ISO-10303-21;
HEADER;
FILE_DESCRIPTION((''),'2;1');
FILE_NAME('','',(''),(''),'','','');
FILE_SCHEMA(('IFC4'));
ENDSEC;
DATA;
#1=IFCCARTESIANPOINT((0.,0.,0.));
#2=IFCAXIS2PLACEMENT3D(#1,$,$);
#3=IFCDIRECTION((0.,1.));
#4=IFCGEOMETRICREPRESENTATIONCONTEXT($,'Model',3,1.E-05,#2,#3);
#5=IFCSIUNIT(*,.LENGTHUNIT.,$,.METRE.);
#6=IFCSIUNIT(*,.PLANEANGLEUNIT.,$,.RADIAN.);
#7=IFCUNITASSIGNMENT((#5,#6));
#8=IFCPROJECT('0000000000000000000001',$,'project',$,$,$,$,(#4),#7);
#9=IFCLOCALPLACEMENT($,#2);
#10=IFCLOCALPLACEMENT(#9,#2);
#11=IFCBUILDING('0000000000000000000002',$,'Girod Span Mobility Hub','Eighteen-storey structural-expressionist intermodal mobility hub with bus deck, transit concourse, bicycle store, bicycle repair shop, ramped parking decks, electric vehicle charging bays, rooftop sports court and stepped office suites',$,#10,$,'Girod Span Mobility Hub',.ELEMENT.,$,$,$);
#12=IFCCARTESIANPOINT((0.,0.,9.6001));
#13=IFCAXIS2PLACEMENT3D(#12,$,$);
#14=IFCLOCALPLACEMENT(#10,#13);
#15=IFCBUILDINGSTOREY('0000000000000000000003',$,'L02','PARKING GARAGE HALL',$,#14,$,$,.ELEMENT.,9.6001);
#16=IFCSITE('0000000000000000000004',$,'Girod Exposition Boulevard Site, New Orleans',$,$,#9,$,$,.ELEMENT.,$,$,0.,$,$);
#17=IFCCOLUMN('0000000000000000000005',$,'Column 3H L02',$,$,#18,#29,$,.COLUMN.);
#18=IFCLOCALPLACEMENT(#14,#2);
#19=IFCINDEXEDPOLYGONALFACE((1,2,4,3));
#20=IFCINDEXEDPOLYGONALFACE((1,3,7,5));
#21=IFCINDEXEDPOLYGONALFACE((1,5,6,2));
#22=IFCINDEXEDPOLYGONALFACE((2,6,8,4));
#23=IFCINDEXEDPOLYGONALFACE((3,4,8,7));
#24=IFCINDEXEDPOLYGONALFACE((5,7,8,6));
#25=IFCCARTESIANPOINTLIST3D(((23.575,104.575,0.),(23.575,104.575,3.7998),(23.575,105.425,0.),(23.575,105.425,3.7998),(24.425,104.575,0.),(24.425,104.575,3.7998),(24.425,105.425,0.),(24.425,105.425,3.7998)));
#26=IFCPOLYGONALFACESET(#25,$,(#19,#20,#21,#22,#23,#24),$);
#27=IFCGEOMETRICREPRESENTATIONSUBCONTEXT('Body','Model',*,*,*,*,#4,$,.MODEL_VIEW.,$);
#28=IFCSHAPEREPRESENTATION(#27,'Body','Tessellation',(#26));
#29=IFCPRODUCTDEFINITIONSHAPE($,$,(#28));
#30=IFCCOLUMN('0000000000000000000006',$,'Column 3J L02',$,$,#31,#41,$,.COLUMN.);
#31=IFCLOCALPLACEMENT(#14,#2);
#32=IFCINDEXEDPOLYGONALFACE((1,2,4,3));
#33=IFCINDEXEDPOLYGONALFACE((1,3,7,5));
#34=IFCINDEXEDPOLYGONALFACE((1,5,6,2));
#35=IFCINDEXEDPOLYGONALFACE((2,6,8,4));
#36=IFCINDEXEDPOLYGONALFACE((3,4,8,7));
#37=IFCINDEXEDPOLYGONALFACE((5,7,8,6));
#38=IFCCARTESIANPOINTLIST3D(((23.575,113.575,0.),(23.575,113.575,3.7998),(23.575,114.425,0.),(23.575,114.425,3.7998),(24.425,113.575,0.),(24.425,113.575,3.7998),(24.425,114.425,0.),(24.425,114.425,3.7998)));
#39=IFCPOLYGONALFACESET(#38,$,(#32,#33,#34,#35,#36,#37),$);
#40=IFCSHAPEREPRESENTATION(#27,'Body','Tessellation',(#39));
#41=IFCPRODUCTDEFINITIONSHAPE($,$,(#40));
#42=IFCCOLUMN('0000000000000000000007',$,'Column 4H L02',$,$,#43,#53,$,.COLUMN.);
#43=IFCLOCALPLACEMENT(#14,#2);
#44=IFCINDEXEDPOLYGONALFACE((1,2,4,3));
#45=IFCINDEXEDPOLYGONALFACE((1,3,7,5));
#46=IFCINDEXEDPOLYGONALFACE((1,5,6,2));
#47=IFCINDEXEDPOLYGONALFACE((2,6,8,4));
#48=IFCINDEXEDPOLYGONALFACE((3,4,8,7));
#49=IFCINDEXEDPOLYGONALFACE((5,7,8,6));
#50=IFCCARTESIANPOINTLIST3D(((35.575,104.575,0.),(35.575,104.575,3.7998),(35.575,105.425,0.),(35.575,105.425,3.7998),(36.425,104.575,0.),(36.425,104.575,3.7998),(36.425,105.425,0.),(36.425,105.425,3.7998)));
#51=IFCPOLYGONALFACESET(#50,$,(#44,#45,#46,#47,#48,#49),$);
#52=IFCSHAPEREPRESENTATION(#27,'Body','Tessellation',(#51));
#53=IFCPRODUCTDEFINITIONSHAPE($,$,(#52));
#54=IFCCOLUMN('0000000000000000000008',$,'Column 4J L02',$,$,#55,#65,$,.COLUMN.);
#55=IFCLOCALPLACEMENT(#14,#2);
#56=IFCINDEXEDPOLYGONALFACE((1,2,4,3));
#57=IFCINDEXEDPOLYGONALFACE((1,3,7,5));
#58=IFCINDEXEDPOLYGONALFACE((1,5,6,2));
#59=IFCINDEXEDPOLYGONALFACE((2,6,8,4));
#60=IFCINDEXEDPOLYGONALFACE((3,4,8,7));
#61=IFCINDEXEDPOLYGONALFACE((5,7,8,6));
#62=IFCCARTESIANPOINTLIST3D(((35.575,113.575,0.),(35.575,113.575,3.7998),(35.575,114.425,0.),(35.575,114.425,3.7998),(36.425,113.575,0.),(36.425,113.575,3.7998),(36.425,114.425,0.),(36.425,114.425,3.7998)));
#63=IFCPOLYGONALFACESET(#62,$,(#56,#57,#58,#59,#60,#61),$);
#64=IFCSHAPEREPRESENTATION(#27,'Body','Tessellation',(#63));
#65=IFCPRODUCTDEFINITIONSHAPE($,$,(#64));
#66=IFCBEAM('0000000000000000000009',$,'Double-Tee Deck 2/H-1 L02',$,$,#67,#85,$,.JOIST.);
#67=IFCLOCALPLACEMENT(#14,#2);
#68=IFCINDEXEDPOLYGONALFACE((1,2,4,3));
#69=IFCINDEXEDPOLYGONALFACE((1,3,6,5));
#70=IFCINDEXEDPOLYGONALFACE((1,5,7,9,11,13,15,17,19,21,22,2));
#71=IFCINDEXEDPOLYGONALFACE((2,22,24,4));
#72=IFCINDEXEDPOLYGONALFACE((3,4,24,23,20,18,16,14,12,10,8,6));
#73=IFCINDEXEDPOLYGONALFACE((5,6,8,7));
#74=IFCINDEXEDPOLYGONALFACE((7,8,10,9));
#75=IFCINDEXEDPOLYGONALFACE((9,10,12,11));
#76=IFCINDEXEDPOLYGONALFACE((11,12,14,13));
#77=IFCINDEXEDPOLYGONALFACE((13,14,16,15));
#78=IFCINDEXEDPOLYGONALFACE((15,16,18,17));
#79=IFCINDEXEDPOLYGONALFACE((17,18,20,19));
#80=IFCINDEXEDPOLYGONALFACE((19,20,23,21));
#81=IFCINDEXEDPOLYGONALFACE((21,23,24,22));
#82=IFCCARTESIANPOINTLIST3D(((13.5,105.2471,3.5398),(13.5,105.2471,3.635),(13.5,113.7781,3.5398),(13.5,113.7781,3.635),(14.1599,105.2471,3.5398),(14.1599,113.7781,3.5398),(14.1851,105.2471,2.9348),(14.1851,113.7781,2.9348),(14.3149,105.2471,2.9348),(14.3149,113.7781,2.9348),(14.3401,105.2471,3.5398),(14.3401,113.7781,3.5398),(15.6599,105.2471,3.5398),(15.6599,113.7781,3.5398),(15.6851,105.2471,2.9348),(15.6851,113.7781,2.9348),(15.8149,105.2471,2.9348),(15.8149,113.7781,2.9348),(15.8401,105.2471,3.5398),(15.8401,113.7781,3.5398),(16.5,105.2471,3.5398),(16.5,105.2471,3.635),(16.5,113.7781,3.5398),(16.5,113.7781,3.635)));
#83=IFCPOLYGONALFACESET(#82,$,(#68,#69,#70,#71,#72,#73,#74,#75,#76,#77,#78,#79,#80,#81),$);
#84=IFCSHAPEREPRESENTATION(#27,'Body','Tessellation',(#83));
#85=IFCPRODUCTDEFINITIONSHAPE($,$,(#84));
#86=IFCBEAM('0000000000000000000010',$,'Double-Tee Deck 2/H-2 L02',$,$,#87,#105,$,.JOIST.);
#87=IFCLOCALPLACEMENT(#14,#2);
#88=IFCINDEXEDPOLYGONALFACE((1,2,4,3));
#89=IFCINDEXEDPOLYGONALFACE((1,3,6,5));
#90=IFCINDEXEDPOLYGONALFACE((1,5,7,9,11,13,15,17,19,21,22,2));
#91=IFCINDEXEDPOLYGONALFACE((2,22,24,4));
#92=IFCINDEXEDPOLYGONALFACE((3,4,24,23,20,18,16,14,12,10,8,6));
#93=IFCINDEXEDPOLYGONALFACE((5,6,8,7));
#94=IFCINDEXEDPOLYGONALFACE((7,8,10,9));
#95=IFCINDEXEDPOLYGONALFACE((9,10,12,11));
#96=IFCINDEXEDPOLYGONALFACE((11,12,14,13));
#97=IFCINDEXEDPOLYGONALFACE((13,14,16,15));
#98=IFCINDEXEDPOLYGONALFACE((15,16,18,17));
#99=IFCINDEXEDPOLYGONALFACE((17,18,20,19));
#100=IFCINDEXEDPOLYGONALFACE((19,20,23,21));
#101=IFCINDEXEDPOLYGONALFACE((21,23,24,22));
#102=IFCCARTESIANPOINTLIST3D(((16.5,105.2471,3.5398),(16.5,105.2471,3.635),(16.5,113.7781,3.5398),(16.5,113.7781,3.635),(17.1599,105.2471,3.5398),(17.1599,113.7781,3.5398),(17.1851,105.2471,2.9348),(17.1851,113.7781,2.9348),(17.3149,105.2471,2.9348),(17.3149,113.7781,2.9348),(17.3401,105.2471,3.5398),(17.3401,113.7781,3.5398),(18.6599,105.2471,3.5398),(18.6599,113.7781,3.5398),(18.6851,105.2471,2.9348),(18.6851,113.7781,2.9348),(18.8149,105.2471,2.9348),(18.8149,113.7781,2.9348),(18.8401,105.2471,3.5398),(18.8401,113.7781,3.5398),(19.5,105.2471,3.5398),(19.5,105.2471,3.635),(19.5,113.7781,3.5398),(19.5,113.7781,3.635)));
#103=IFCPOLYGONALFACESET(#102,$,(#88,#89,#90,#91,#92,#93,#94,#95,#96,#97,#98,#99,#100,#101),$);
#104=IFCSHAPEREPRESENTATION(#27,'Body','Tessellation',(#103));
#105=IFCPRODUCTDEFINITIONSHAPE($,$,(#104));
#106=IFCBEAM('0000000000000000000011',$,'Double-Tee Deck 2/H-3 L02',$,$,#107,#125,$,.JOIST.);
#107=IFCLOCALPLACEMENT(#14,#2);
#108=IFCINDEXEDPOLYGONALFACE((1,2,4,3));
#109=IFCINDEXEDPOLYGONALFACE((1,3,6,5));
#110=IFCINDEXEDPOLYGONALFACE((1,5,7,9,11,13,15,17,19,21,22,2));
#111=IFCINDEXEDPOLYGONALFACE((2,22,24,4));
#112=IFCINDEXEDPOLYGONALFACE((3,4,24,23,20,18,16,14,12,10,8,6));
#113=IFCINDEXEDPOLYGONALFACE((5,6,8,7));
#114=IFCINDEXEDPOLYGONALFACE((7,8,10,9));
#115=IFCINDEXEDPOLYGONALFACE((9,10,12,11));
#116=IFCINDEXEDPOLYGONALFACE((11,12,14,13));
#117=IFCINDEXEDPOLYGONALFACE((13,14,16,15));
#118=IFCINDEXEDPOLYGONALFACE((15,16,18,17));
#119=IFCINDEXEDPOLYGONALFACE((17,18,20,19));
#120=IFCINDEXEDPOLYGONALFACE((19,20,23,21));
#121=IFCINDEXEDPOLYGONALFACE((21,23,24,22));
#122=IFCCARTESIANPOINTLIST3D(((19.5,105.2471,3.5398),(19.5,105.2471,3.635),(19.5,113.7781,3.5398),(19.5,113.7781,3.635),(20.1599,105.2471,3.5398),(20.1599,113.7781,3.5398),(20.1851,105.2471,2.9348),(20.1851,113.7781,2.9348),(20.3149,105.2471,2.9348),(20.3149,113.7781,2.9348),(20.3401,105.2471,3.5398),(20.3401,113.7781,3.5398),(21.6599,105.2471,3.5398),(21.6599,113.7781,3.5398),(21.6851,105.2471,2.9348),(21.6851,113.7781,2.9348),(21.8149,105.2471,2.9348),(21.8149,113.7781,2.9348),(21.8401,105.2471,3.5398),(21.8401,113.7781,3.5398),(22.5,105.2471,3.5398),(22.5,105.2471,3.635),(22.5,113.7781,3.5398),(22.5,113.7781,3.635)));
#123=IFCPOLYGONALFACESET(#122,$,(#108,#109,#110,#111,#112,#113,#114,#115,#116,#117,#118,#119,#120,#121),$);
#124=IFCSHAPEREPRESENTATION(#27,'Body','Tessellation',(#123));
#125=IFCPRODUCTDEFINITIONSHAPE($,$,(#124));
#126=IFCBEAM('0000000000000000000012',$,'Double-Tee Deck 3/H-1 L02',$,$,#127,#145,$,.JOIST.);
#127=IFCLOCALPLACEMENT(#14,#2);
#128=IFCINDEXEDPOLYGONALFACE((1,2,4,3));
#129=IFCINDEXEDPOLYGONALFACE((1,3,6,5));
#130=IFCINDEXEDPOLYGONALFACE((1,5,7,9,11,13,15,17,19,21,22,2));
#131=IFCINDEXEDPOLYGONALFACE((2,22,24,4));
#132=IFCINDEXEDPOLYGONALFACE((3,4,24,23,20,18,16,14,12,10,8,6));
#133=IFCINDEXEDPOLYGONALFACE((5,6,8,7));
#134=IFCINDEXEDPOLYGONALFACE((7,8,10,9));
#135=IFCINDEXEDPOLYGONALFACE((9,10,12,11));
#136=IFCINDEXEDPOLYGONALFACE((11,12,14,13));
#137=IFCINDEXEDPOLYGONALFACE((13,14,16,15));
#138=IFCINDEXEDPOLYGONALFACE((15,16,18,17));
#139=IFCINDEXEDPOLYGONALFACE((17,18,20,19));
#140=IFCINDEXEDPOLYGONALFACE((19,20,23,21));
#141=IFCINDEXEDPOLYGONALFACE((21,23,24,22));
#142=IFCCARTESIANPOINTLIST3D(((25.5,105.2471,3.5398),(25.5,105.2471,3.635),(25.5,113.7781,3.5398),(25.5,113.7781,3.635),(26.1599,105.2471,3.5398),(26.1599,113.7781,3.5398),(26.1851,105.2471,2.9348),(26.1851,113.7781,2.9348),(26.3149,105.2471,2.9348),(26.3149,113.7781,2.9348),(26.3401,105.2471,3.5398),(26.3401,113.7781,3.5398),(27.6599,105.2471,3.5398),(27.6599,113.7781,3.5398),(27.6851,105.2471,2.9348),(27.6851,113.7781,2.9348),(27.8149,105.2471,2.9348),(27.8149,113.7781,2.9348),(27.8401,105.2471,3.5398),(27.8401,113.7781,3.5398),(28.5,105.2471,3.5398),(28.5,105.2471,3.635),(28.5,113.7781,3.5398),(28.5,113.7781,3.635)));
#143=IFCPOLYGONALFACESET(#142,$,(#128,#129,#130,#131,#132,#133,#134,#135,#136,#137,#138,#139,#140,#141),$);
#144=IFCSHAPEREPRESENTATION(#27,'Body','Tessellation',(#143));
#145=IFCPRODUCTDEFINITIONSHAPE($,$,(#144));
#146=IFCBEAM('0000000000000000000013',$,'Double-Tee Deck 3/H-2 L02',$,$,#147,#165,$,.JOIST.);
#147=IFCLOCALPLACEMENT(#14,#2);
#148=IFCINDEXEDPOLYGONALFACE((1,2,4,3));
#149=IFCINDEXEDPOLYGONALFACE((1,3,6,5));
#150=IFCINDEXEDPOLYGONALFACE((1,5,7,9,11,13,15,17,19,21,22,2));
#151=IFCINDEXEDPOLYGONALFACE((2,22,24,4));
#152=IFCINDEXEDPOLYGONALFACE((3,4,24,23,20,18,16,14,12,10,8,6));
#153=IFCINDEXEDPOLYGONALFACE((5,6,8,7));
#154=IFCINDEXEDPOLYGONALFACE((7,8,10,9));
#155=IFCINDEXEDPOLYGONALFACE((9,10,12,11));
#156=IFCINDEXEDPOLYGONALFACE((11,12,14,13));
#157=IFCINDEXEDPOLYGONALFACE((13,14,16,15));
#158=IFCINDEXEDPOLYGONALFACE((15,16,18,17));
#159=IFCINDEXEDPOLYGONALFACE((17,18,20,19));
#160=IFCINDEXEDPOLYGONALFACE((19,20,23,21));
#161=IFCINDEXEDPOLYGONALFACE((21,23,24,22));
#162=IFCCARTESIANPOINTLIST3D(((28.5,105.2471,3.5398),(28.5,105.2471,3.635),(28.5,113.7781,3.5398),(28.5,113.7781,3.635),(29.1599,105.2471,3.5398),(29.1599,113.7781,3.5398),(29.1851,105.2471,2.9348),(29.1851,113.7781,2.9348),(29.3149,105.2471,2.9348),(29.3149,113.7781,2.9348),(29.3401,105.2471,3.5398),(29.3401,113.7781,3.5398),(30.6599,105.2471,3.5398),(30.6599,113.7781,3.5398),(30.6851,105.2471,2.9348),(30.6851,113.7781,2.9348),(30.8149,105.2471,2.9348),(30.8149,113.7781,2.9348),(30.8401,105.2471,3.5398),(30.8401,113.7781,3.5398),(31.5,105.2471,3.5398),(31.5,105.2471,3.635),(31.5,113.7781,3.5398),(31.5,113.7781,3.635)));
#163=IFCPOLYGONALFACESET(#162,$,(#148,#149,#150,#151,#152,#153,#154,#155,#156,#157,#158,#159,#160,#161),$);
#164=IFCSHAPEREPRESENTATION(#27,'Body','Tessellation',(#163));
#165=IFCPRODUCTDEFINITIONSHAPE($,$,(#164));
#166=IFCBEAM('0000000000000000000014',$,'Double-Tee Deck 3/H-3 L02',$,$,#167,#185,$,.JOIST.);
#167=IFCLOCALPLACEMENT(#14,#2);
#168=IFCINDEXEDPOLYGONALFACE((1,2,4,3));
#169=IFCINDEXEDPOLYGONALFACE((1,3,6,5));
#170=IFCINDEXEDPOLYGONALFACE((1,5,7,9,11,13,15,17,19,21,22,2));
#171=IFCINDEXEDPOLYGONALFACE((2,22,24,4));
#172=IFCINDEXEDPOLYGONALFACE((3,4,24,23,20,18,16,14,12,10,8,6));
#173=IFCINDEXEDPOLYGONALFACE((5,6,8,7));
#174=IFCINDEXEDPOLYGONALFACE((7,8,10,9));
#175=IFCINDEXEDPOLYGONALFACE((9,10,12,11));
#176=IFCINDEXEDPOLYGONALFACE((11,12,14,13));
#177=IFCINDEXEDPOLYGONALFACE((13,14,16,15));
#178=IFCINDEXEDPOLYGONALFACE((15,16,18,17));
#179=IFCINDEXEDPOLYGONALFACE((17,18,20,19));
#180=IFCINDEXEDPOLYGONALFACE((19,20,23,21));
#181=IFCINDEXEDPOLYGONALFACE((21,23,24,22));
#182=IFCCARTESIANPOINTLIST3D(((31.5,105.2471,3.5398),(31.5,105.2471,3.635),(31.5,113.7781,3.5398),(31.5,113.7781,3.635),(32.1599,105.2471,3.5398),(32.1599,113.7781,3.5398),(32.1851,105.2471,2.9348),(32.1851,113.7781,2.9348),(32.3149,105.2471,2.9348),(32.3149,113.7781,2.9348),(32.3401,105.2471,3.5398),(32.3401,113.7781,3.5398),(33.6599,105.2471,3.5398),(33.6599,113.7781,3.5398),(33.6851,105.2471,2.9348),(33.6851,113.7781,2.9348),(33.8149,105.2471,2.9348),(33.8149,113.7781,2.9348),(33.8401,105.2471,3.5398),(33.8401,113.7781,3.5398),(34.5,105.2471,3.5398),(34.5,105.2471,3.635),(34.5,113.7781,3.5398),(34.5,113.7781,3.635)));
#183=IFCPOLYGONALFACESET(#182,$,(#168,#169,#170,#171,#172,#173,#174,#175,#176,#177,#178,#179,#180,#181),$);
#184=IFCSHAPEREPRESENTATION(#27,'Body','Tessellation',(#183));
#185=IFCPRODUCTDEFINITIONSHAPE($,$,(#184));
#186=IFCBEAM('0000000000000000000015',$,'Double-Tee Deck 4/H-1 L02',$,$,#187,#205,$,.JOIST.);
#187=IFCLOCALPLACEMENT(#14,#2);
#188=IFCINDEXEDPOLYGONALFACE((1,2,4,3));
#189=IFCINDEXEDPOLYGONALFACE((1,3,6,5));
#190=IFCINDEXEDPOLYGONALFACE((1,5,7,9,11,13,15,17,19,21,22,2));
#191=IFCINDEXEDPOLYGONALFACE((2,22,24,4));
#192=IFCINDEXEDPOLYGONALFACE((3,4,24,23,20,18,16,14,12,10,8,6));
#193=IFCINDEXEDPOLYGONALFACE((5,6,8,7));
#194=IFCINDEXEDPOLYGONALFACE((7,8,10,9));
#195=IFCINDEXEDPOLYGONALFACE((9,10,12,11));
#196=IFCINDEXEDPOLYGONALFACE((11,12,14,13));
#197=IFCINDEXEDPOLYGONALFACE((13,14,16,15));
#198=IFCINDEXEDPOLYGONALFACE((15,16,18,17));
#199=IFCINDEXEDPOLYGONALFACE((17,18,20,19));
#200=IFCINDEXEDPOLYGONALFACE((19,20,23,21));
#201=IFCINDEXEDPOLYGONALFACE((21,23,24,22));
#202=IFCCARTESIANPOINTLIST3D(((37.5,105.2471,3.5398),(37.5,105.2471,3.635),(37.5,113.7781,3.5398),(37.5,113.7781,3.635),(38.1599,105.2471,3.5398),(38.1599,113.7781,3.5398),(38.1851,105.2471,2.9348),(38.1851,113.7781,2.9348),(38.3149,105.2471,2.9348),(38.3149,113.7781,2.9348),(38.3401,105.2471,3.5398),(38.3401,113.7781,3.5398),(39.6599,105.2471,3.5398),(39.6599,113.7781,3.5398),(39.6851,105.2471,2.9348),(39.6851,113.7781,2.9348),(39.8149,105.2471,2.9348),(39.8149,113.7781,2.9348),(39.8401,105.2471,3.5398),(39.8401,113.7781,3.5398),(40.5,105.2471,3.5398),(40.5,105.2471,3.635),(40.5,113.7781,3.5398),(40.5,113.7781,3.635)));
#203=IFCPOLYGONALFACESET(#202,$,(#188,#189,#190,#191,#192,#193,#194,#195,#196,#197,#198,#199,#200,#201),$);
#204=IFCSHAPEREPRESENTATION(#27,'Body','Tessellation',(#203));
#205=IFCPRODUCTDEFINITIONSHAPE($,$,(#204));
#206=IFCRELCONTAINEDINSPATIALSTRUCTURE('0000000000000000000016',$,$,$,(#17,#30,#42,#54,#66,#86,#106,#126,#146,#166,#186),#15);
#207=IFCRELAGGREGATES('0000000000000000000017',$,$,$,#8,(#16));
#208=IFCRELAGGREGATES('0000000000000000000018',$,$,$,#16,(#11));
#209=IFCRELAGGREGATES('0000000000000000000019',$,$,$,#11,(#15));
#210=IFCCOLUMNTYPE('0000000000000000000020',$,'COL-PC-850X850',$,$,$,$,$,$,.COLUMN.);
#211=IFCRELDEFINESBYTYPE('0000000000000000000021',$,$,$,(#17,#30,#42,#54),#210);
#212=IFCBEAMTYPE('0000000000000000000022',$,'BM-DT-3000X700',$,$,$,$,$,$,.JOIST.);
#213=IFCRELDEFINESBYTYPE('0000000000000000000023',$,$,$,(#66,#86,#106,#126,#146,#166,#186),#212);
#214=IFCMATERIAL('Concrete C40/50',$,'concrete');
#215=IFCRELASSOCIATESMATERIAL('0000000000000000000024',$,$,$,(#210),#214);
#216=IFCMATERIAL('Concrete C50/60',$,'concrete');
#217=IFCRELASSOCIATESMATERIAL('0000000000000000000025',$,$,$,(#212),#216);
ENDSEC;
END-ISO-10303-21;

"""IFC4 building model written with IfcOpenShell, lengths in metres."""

from ifc_helpers import new_model, si_unit, direction, frame, origin, origin_2d, place, context, subcontext, project, spatial, polyline, rectangle, outline, extrude, material, material_profile, profile_set, type_object, element, save


model = new_model("IFC4")

# Units and contexts
model_context = context("Model", 3, precision=1e-05, world=origin(), true_north=direction((0.0, 1.0)))
body_context = subcontext(model_context, "Body", "Model", "MODEL_VIEW")
ifc_project = project(units=[si_unit("LENGTHUNIT", "METRE"), si_unit("PLANEANGLEUNIT", "RADIAN")], contexts=[model_context])

# Site, building, storey
site_placement = place(None, origin())
site = spatial("IfcSite", under=ifc_project, at=site_placement, Name="Girod Exposition Boulevard Site, New Orleans", CompositionType="ELEMENT", RefElevation=0.0)
building_placement = place(site_placement, origin())
building = spatial("IfcBuilding", under=site, at=building_placement, Name="Girod Span Mobility Hub", Description="Eighteen-storey structural-expressionist intermodal mobility hub with bus deck, transit concourse, bicycle store, bicycle repair shop, ramped parking decks, electric vehicle charging bays, rooftop sports court and stepped office suites", LongName="Girod Span Mobility Hub", CompositionType="ELEMENT")
storey_placement = place(building_placement, frame((0.0, 0.0, 9.6001)))
storey = spatial("IfcBuildingStorey", under=building, at=storey_placement, Name="L02", Description="PARKING GARAGE HALL", CompositionType="ELEMENT", Elevation=9.6001)

# Columns
ifc_material_1 = material(Name="Concrete C40/50", Category="concrete")
ifc_material_profile_1 = material_profile(ifc_material_1, rectangle(XDim=0.8501, YDim=0.8501, at=origin_2d()), Name="PC-COL-850X850")
ifc_profile_set_1 = profile_set([ifc_material_profile_1], Name="Concrete C40/50")
column_type = type_object("IfcColumnType", Name="COL-PC-850X850", PredefinedType="COLUMN", material=ifc_profile_set_1)
for number, where, z_axis, x_axis, name in (
    (1, (24.0, 105.0, 0.0), (0.0, 0.0, 1.0), (1.0, 0.0, 0.0), "Column 3H L02"),
    (2, (24.0, 114.0, 0.0), (0.0, 0.0, 1.0), (1.0, 0.0, 0.0), "Column 3J L02"),
    (3, (36.0, 105.0, 0.0), (0.0, 0.0, 1.0), (1.0, 0.0, 0.0), "Column 4H L02"),
    (4, (36.0, 114.0, 0.0), (0.0, 0.0, 1.0), (1.0, 0.0, 0.0), "Column 4J L02"),
):
    element("IfcColumn", number, at=place(storey_placement, frame(where, z_axis=z_axis, x_axis=x_axis)), inside=storey, type_object=column_type, Name=name, PredefinedType="COLUMN", context=body_context, shape_type="SweptSolid", body=[
        extrude(rectangle(XDim=0.8501, YDim=0.8501, at=origin_2d()), origin(), (0.0, 0.0, 1.0), 3.7998),
    ])

# Beams
ifc_material_2 = material(Name="Concrete C50/60", Category="concrete")
ifc_material_profile_2 = material_profile(ifc_material_2, outline(polyline([(-1.5, 0.3501), (-1.5, 0.2549), (-0.8401, 0.2549), (-0.8149, -0.3501), (-0.6851, -0.3501), (-0.6599, 0.2549), (0.6599, 0.2549), (0.6851, -0.3501), (0.8149, -0.3501), (0.8401, 0.2549), (1.5, 0.2549), (1.5, 0.3501), (-1.5, 0.3501)])), Name="DT-3000X700")
ifc_profile_set_2 = profile_set([ifc_material_profile_2], Name="Concrete C50/60")
beam_type_1 = type_object("IfcBeamType", Name="BM-DT-3000X700", PredefinedType="JOIST", material=ifc_profile_set_2)
for number, where, z_axis, x_axis, name in (
    (5, (15.0, 105.2471, 3.2849), (0.0, 1.0, 0.0), (-1.0, 0.0, 0.0), "Double-Tee Deck 2/H-1 L02"),
    (6, (18.0, 105.2471, 3.2849), (0.0, 1.0, 0.0), (-1.0, 0.0, 0.0), "Double-Tee Deck 2/H-2 L02"),
    (7, (21.0, 105.2471, 3.2849), (0.0, 1.0, 0.0), (-1.0, 0.0, 0.0), "Double-Tee Deck 2/H-3 L02"),
    (8, (27.0, 105.2471, 3.2849), (0.0, 1.0, 0.0), (-1.0, 0.0, 0.0), "Double-Tee Deck 3/H-1 L02"),
    (9, (30.0, 105.2471, 3.2849), (0.0, 1.0, 0.0), (-1.0, 0.0, 0.0), "Double-Tee Deck 3/H-2 L02"),
    (10, (33.0, 105.2471, 3.2849), (0.0, 1.0, 0.0), (-1.0, 0.0, 0.0), "Double-Tee Deck 3/H-3 L02"),
    (11, (39.0, 105.2471, 3.2849), (0.0, 1.0, 0.0), (-1.0, 0.0, 0.0), "Double-Tee Deck 4/H-1 L02"),
):
    element("IfcBeam", number, at=place(storey_placement, frame(where, z_axis=z_axis, x_axis=x_axis)), inside=storey, type_object=beam_type_1, Name=name, PredefinedType="JOIST", context=body_context, shape_type="SweptSolid", body=[
        extrude(outline(polyline([(-1.5, 0.3501), (-1.5, 0.2549), (-0.8401, 0.2549), (-0.8149, -0.3501), (-0.6851, -0.3501), (-0.6599, 0.2549), (0.6599, 0.2549), (0.6851, -0.3501), (0.8149, -0.3501), (0.8401, 0.2549), (1.5, 0.2549), (1.5, 0.3501), (-1.5, 0.3501)])), origin(), (0.0, 0.0, 1.0), 8.531),
    ])

save(model, "model.ifc")
